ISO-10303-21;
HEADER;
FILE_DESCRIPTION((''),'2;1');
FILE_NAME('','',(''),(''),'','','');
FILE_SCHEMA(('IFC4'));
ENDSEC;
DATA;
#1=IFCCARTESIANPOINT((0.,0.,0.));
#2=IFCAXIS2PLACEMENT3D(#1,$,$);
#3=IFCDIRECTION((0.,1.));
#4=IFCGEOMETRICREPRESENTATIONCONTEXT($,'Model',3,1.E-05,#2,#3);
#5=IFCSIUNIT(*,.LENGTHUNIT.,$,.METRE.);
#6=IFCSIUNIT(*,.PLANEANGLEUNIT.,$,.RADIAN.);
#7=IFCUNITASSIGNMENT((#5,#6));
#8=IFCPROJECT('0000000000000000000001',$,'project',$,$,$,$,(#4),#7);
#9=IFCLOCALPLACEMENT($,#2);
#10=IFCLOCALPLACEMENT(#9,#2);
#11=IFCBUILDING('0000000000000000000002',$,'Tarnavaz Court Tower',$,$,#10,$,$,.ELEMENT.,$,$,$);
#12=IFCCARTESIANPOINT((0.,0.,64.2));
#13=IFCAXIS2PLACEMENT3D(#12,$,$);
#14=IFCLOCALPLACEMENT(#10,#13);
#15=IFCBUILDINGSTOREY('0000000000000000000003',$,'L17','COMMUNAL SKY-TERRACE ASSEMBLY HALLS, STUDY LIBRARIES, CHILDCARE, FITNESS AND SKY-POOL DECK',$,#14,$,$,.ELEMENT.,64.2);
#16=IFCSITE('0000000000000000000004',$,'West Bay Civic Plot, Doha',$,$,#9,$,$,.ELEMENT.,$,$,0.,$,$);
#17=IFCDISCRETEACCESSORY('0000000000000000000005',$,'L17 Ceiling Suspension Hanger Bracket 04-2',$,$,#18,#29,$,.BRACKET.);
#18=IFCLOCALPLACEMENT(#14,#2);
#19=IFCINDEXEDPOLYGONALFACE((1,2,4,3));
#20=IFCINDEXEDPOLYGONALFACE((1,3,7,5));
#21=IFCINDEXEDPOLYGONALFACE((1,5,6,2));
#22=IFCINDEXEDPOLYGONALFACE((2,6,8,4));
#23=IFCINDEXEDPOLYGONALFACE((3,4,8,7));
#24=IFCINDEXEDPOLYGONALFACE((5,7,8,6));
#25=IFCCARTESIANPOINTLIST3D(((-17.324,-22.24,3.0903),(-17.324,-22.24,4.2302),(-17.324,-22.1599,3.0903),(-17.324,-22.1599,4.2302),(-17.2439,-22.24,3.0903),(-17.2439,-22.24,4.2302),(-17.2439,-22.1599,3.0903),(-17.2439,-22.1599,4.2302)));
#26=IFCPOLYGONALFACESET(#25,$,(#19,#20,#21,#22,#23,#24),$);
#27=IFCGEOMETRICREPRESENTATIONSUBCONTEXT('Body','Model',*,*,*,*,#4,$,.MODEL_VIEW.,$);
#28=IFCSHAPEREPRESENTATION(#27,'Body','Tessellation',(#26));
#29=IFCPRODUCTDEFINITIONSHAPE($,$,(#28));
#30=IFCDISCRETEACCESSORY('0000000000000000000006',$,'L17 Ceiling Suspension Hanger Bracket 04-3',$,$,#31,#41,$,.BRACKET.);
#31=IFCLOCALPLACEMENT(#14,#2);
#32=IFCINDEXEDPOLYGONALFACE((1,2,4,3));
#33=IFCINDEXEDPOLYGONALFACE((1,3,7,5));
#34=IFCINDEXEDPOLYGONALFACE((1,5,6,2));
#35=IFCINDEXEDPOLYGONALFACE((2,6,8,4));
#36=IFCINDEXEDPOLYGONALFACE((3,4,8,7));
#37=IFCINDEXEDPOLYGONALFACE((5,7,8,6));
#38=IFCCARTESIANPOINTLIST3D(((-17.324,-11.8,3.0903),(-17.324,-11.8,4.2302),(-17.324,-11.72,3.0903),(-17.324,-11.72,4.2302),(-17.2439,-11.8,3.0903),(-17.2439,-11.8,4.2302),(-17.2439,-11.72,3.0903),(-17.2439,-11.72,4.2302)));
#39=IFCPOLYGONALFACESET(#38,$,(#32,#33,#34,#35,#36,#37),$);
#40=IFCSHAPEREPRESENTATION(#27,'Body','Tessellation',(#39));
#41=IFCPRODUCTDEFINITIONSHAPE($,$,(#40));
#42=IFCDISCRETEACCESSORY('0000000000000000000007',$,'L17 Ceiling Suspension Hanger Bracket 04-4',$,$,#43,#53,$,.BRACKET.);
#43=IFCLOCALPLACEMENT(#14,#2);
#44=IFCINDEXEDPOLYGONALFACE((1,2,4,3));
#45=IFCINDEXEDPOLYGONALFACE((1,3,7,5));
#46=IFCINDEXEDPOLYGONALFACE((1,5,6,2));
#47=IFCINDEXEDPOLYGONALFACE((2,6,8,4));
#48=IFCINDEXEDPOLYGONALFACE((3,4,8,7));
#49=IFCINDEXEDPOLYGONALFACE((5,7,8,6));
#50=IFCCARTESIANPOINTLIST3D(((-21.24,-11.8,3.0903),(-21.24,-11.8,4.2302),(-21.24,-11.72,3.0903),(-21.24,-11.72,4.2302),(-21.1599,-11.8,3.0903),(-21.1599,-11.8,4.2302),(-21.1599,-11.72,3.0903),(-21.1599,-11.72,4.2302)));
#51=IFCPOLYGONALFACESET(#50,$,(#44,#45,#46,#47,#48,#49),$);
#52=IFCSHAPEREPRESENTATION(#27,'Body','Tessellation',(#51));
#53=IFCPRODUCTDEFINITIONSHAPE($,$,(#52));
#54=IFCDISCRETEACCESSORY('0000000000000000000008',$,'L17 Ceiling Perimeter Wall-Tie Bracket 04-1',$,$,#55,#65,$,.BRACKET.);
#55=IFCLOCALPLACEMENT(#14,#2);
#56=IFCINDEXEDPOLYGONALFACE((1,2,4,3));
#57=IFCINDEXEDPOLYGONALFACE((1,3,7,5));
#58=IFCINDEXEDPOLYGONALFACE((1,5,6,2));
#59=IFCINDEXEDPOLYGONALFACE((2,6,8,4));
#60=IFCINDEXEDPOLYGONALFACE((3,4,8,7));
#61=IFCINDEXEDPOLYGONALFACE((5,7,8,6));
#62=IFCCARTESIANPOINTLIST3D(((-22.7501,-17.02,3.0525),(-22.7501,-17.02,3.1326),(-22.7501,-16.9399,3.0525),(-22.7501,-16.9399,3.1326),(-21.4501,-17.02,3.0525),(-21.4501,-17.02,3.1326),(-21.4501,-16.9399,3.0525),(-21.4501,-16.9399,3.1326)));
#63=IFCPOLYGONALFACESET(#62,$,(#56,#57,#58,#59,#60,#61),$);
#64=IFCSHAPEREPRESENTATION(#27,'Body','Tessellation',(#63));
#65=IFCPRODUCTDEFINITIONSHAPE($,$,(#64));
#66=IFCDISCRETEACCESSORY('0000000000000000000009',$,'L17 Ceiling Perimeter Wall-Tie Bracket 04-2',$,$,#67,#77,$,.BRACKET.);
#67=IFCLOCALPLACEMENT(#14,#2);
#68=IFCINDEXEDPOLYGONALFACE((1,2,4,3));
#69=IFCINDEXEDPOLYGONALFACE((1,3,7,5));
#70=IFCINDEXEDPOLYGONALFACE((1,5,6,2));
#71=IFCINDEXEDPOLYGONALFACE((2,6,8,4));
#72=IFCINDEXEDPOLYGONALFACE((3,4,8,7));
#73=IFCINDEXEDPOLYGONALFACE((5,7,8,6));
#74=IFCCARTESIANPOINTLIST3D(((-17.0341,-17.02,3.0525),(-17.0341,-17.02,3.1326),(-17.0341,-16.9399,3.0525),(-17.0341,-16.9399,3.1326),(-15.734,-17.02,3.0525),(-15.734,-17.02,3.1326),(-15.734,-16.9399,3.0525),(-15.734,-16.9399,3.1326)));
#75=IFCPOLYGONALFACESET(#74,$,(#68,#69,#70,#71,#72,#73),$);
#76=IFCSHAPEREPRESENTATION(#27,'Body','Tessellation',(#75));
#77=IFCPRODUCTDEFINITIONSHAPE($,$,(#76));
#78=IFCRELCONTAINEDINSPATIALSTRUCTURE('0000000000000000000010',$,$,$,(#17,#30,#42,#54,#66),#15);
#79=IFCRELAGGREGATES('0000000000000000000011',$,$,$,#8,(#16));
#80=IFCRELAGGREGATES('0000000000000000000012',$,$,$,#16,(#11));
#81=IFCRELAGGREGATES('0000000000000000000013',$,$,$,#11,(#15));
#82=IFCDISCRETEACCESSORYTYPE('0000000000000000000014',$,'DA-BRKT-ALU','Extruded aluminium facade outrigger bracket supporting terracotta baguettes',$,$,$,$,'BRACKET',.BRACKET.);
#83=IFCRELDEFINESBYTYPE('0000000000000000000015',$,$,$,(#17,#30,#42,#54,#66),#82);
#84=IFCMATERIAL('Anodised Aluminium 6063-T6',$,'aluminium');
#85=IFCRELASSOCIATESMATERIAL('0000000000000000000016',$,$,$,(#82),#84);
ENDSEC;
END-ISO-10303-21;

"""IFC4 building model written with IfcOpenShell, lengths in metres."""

from ifc_helpers import new_model, si_unit, direction, frame, origin, origin_2d, place, context, subcontext, project, spatial, rectangle, extrude, material, type_object, element, save


model = new_model("IFC4")

# Units and contexts
model_context = context("Model", 3, precision=1e-05, world=origin(), true_north=direction((0.0, 1.0)))
body_context = subcontext(model_context, "Body", "Model", "MODEL_VIEW")
ifc_project = project(units=[si_unit("LENGTHUNIT", "METRE"), si_unit("PLANEANGLEUNIT", "RADIAN")], contexts=[model_context])

# Site, building, storey
site_placement = place(None, origin())
site = spatial("IfcSite", under=ifc_project, at=site_placement, Name="West Bay Civic Plot, Doha", CompositionType="ELEMENT", RefElevation=0.0)
building_placement = place(site_placement, origin())
building = spatial("IfcBuilding", under=site, at=building_placement, Name="Tarnavaz Court Tower", CompositionType="ELEMENT")
storey_placement = place(building_placement, frame((0.0, 0.0, 64.2)))
storey = spatial("IfcBuildingStorey", under=building, at=storey_placement, Name="L17", Description="COMMUNAL SKY-TERRACE ASSEMBLY HALLS, STUDY LIBRARIES, CHILDCARE, FITNESS AND SKY-POOL DECK", CompositionType="ELEMENT", Elevation=64.2)

# Shared definitions
ifc_material_1 = material(Name="Anodised Aluminium 6063-T6", Category="aluminium")

# Discrete accessories
discrete_accessory_type = type_object("IfcDiscreteAccessoryType", Name="DA-BRKT-ALU", Description="Extruded aluminium facade outrigger bracket supporting terracotta baguettes", ElementType="BRACKET", PredefinedType="BRACKET", material=ifc_material_1)
for number, where, z_axis, x_axis, name in (
    (1, (-17.2839, -22.2, 3.0903), (0.0, 0.0, 1.0), (1.0, 0.0, 0.0), "L17 Ceiling Suspension Hanger Bracket 04-2"),
    (2, (-17.2839, -11.76, 3.0903), (0.0, 0.0, 1.0), (1.0, 0.0, 0.0), "L17 Ceiling Suspension Hanger Bracket 04-3"),
    (3, (-21.2, -11.76, 3.0903), (0.0, 0.0, 1.0), (1.0, 0.0, 0.0), "L17 Ceiling Suspension Hanger Bracket 04-4"),
):
    element("IfcDiscreteAccessory", number, at=place(storey_placement, frame(where, z_axis=z_axis, x_axis=x_axis)), inside=storey, type_object=discrete_accessory_type, Name=name, PredefinedType="BRACKET", context=body_context, shape_type="SweptSolid", body=[
        extrude(rectangle(XDim=0.0801, YDim=0.0801, at=origin_2d()), origin(), (0.0, 0.0, 1.0), 1.1399),
    ])
for number, where, z_axis, x_axis, name in (
    (4, (-22.1001, -16.98, 3.0525), (0.0, 0.0, 1.0), (1.0, 0.0, 0.0), "L17 Ceiling Perimeter Wall-Tie Bracket 04-1"),
    (5, (-16.384, -16.98, 3.0525), (0.0, 0.0, 1.0), (1.0, 0.0, 0.0), "L17 Ceiling Perimeter Wall-Tie Bracket 04-2"),
):
    element("IfcDiscreteAccessory", number, at=place(storey_placement, frame(where, z_axis=z_axis, x_axis=x_axis)), inside=storey, type_object=discrete_accessory_type, Name=name, PredefinedType="BRACKET", context=body_context, shape_type="SweptSolid", body=[
        extrude(rectangle(XDim=1.3, YDim=0.0801, at=origin_2d()), origin(), (0.0, 0.0, 1.0), 0.0801),
    ])

save(model, "model.ifc")
